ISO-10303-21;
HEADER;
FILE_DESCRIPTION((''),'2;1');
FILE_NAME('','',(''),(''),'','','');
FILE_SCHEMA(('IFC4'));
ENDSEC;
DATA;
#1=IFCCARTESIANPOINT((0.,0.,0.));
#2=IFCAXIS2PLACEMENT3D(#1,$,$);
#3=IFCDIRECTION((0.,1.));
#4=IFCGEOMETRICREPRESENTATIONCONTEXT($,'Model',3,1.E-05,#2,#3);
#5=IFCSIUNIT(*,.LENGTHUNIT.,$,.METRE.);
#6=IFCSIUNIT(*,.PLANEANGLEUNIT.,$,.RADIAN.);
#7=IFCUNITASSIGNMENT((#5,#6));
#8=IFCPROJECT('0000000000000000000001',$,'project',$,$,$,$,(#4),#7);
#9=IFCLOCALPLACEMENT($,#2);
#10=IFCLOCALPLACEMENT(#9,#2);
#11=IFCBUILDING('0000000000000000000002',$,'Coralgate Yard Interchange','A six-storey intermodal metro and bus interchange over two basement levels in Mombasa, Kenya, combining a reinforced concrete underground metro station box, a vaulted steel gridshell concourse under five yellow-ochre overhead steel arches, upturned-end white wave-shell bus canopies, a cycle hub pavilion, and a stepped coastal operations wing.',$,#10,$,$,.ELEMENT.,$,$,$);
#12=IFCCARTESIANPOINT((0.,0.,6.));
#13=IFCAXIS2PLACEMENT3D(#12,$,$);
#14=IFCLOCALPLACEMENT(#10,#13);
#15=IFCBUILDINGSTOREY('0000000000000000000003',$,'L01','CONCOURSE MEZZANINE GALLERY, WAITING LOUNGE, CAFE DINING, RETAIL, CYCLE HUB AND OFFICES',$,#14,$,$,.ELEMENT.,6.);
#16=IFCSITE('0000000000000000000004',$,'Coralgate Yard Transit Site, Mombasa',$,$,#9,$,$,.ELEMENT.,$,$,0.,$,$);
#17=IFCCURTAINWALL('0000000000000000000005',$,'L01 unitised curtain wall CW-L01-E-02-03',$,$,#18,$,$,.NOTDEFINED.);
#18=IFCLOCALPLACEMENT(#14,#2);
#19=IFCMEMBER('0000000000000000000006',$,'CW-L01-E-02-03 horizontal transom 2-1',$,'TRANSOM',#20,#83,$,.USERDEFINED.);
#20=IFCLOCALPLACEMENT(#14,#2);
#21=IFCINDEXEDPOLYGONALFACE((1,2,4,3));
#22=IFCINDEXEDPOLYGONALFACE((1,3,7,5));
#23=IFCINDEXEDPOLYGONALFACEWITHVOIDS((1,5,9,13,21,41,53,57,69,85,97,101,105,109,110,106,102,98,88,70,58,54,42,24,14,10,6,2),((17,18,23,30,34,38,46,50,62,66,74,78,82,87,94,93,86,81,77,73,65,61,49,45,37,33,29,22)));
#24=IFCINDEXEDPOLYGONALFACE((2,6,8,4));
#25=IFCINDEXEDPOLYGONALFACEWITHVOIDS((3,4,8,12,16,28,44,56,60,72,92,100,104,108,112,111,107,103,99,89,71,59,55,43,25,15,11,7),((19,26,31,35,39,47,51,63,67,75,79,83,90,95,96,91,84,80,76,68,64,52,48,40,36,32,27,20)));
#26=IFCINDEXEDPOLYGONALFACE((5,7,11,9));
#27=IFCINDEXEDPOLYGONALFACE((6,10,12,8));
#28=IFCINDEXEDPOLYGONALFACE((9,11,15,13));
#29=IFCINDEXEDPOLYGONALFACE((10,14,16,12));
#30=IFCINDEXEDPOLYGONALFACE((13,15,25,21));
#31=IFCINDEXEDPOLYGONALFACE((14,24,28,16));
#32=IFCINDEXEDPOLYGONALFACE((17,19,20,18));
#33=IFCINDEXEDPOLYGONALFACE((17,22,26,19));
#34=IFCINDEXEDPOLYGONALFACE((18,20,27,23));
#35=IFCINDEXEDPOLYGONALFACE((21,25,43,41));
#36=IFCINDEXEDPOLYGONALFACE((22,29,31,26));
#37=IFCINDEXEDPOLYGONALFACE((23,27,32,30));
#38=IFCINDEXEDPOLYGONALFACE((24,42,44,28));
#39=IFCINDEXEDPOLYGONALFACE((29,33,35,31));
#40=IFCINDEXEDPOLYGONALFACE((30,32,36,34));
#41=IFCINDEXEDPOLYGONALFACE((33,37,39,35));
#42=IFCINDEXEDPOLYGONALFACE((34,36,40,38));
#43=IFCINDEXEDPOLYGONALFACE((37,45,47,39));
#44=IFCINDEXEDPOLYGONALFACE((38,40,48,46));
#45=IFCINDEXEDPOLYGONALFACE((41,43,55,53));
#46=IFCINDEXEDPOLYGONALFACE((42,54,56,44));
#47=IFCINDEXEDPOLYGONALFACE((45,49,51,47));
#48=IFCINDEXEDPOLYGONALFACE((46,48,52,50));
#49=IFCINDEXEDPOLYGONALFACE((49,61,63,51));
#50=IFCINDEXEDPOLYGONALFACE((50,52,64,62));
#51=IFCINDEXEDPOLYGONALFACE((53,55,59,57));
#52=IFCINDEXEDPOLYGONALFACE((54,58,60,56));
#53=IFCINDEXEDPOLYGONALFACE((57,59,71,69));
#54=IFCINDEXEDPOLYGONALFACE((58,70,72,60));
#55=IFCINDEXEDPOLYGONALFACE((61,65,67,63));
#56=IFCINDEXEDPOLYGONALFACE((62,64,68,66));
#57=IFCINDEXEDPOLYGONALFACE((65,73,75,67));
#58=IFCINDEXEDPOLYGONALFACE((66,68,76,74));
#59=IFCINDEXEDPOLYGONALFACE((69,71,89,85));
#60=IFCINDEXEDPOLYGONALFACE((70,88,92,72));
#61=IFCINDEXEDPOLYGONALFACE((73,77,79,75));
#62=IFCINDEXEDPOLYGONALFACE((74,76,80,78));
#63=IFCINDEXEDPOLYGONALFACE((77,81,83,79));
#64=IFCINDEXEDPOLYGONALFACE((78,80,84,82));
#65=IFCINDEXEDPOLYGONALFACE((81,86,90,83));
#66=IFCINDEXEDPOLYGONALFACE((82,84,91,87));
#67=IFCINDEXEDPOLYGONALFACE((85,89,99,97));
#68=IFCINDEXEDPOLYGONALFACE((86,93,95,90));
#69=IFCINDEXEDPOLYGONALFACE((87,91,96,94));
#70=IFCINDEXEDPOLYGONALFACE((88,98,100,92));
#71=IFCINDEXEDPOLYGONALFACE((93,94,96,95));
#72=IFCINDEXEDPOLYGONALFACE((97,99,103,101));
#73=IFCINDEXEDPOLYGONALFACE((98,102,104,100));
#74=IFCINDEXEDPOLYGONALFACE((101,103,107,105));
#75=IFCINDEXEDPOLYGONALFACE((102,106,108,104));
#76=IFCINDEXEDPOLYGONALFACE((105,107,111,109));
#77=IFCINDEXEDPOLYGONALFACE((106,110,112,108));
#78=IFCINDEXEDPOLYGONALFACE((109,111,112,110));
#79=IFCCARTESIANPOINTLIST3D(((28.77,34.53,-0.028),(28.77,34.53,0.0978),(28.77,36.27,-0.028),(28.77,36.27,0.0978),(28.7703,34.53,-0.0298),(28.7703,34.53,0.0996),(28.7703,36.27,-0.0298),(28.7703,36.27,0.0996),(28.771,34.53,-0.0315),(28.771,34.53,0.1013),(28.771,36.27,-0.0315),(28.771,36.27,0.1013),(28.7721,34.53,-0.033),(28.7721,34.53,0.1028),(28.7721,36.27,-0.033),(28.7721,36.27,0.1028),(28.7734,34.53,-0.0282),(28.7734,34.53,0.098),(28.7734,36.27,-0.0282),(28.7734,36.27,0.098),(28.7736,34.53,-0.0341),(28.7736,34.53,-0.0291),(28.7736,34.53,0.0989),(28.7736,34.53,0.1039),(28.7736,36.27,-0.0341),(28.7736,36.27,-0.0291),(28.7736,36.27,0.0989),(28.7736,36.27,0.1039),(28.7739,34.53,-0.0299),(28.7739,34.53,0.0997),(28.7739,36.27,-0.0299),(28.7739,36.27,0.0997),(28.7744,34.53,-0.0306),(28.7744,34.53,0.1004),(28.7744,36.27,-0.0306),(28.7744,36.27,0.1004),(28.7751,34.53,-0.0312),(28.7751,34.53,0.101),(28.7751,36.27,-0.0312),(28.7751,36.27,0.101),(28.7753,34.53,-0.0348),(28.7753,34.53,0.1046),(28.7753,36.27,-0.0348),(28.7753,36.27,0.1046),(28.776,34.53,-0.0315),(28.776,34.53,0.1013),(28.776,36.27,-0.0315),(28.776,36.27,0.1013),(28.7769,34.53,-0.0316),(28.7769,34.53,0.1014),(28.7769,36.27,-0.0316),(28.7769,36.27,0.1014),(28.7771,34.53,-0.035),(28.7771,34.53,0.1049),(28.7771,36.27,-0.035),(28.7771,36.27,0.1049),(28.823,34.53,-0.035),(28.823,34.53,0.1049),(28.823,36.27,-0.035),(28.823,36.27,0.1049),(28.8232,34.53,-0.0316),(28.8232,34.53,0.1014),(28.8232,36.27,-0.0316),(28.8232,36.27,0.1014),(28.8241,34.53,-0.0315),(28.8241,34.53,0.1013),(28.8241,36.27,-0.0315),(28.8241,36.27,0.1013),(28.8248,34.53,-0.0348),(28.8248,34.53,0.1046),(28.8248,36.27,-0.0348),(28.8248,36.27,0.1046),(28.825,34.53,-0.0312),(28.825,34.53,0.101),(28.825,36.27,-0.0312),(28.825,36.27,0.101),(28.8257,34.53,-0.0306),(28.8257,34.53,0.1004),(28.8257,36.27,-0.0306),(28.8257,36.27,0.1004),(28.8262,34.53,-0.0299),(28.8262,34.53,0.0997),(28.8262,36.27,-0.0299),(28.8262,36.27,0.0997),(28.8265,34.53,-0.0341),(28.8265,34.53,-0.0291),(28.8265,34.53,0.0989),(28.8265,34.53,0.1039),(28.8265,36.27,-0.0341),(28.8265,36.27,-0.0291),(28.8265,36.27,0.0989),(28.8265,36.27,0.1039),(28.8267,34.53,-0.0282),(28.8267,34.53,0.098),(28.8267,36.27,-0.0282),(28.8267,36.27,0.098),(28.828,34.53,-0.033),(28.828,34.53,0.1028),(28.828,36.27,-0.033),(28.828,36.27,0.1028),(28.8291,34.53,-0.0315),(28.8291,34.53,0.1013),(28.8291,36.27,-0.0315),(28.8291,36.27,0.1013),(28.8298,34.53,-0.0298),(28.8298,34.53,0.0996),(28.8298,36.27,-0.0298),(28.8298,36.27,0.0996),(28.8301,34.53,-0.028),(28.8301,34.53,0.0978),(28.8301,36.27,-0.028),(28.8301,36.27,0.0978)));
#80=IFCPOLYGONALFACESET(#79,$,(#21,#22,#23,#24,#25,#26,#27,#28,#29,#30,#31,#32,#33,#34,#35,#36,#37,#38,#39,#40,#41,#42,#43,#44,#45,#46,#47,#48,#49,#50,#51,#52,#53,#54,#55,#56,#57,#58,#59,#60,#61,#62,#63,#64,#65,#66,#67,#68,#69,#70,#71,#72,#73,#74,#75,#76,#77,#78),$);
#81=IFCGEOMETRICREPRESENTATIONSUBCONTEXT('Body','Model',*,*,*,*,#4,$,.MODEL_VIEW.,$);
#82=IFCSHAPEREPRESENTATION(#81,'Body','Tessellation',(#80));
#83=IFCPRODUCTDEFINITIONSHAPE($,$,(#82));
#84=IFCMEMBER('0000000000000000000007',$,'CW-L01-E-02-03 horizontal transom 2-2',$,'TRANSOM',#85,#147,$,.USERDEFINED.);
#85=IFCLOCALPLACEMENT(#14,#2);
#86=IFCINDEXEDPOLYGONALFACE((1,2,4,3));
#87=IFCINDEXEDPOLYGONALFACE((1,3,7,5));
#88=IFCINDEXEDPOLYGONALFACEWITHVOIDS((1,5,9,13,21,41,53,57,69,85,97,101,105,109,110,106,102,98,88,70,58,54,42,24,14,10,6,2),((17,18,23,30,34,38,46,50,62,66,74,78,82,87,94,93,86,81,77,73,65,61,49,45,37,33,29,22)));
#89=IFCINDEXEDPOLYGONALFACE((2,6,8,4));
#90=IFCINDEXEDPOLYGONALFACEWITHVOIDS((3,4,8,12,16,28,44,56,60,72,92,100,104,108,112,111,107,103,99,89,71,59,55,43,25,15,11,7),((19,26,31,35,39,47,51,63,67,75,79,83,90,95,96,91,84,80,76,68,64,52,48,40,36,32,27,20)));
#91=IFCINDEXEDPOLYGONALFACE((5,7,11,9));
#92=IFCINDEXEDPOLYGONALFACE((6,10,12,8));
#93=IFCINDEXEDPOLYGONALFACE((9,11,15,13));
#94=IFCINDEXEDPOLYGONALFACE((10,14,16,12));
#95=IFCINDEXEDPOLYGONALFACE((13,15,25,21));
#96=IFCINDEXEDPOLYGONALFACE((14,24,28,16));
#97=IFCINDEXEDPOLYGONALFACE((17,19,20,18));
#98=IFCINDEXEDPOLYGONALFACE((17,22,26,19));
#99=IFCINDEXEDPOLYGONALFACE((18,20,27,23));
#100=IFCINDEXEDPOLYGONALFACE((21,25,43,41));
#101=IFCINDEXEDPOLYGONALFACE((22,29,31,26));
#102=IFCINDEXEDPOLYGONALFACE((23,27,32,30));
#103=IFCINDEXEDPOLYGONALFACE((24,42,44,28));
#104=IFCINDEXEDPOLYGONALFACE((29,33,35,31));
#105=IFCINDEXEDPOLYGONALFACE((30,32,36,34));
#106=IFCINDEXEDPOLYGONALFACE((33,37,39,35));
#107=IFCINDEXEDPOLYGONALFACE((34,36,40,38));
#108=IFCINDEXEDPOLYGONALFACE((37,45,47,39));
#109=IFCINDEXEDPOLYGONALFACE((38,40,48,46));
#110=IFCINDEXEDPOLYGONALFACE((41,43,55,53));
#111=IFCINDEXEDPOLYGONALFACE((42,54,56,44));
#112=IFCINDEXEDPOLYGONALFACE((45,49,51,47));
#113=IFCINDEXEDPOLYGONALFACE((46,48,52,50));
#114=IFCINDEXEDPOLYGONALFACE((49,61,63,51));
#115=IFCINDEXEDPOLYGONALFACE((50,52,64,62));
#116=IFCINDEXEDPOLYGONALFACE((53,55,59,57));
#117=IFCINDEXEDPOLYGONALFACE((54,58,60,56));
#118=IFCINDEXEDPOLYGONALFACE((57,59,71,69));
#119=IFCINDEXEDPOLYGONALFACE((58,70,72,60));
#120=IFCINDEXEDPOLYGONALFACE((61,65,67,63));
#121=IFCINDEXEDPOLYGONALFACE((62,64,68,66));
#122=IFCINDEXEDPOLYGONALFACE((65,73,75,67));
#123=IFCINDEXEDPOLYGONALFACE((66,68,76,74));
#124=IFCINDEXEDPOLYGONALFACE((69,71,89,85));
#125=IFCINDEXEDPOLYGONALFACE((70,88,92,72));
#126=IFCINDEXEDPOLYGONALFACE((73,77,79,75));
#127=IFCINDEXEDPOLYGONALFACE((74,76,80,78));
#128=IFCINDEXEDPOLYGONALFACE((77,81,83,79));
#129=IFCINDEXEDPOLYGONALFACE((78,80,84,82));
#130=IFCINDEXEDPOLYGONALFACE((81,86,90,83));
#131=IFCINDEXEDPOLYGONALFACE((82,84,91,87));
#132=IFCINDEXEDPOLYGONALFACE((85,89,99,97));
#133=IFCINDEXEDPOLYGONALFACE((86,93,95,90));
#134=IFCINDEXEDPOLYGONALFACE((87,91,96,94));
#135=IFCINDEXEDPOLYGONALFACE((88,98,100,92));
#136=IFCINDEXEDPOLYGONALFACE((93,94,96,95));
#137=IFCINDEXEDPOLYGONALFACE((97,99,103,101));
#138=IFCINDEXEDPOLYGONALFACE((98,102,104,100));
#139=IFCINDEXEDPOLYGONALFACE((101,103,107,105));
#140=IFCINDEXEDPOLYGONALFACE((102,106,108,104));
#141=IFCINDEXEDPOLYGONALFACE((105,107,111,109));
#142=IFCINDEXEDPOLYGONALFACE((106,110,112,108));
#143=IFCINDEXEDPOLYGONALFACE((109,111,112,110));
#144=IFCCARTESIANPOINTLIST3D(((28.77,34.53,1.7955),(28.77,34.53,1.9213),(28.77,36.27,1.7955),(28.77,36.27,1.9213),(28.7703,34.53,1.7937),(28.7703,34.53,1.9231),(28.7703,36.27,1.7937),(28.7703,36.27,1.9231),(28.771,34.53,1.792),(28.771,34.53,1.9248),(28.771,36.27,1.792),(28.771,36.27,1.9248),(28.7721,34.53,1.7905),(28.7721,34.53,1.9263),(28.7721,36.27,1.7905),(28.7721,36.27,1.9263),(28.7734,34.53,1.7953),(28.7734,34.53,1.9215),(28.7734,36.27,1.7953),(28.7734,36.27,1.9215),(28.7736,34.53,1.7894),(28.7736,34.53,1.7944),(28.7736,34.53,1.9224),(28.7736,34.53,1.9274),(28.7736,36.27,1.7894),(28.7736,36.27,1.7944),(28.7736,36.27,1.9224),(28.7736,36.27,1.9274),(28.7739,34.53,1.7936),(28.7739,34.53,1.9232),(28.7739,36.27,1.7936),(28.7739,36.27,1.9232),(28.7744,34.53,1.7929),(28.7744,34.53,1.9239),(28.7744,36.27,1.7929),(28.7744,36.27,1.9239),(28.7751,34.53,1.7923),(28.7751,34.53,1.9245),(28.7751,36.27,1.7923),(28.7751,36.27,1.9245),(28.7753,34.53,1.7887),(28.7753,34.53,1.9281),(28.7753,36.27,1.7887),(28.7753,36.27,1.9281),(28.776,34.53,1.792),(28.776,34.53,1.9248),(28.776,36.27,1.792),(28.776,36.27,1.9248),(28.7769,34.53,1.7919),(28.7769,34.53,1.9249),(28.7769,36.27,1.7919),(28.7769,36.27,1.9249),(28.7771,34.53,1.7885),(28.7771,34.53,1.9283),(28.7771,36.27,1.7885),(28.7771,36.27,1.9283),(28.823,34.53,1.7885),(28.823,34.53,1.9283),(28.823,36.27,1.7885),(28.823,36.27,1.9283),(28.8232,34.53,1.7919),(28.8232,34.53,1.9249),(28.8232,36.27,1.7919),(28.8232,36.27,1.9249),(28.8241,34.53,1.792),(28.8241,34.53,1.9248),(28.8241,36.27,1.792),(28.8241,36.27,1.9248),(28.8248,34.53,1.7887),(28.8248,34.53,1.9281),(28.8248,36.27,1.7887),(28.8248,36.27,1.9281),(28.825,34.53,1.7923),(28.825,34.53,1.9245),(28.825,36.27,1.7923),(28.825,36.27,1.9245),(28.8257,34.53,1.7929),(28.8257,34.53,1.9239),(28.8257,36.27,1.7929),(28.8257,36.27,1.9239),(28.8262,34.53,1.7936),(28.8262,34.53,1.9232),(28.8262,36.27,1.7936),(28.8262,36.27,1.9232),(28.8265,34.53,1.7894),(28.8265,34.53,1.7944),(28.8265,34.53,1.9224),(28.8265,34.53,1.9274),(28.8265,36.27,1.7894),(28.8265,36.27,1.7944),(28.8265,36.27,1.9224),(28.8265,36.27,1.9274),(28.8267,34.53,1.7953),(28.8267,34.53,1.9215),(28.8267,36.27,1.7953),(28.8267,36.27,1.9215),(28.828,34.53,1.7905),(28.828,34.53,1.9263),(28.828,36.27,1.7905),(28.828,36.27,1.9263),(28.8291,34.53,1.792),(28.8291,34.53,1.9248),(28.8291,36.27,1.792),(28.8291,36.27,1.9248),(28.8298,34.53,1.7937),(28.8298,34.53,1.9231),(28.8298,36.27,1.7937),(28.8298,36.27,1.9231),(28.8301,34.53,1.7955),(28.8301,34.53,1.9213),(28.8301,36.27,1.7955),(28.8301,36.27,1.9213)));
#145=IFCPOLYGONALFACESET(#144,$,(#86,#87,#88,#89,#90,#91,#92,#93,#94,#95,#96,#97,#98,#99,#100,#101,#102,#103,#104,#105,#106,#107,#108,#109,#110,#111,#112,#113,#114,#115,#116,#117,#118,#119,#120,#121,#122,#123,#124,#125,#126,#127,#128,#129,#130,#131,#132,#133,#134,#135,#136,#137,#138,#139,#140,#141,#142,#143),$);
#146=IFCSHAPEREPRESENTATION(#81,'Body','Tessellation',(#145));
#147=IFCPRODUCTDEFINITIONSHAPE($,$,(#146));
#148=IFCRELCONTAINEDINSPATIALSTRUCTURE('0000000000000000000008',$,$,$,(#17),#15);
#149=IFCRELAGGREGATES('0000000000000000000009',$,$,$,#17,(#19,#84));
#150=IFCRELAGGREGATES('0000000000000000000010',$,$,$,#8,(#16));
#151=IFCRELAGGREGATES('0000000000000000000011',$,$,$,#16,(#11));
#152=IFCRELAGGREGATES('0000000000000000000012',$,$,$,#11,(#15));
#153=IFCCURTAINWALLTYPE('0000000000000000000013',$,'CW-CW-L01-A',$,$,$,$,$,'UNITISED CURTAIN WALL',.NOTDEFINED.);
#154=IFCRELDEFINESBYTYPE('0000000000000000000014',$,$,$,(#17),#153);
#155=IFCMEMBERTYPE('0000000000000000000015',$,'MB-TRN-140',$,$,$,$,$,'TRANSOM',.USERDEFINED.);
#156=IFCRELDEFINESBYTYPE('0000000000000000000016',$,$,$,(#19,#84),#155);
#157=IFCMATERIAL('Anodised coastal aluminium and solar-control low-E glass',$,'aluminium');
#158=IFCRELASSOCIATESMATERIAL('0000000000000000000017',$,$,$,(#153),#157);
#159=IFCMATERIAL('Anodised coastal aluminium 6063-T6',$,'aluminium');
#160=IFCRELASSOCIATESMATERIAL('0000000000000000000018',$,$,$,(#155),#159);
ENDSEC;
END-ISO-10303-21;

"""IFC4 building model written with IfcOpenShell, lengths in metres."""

from ifc_helpers import new_model, si_unit, direction, frame, origin, origin_2d, place, context, subcontext, project, spatial, hollow_rectangle, extrude, material, material_profile, profile_set, type_object, element, aggregate, save


model = new_model("IFC4")

# Units and contexts
model_context = context("Model", 3, precision=1e-05, world=origin(), true_north=direction((0.0, 1.0)))
body_context = subcontext(model_context, "Body", "Model", "MODEL_VIEW")
ifc_project = project(units=[si_unit("LENGTHUNIT", "METRE"), si_unit("PLANEANGLEUNIT", "RADIAN")], contexts=[model_context])

# Site, building, storey
site_placement = place(None, origin())
site = spatial("IfcSite", under=ifc_project, at=site_placement, Name="Coralgate Yard Transit Site, Mombasa", CompositionType="ELEMENT", RefElevation=0.0)
building_placement = place(site_placement, origin())
building = spatial("IfcBuilding", under=site, at=building_placement, Name="Coralgate Yard Interchange", Description="A six-storey intermodal metro and bus interchange over two basement levels in Mombasa, Kenya, combining a reinforced concrete underground metro station box, a vaulted steel gridshell concourse under five yellow-ochre overhead steel arches, upturned-end white wave-shell bus canopies, a cycle hub pavilion, and a stepped coastal operations wing.", CompositionType="ELEMENT")
storey_placement = place(building_placement, frame((0.0, 0.0, 6.0)))
storey = spatial("IfcBuildingStorey", under=building, at=storey_placement, Name="L01", Description="CONCOURSE MEZZANINE GALLERY, WAITING LOUNGE, CAFE DINING, RETAIL, CYCLE HUB AND OFFICES", CompositionType="ELEMENT", Elevation=6.0)

# Curtain wall
ifc_material_1 = material(Name="Anodised coastal aluminium and solar-control low-E glass", Category="aluminium")
curtain_wall_type_1 = type_object("IfcCurtainWallType", Name="CW-CW-L01-A", ElementType="UNITISED CURTAIN WALL", PredefinedType="NOTDEFINED", material=ifc_material_1)
curtain_wall_1_placement = place(storey_placement, origin())
curtain_wall_1 = element("IfcCurtainWall", 1, at=curtain_wall_1_placement, inside=storey, type_object=curtain_wall_type_1, Name="L01 unitised curtain wall CW-L01-E-02-03", PredefinedType="NOTDEFINED")
ifc_material_2 = material(Name="Anodised coastal aluminium 6063-T6", Category="aluminium")

# Members
ifc_material_profile_1 = material_profile(ifc_material_2, hollow_rectangle(XDim=0.0601, YDim=0.1399, WallThickness=0.0034, InnerFilletRadius=0.0034, OuterFilletRadius=0.0071, at=origin_2d()), Name="ALU 60x140x3.5")
ifc_profile_set_1 = profile_set([ifc_material_profile_1], Name="Anodised coastal aluminium 6063-T6")
member_type_1 = type_object("IfcMemberType", Name="MB-TRN-140", ElementType="TRANSOM", PredefinedType="USERDEFINED", material=ifc_profile_set_1)
member_1_placement = place(storey_placement, frame((28.8, 36.27, 0.0349), z_axis=(0.0, -1.0, 0.0), x_axis=(1.0, 0.0, 0.0)))
member_1 = element("IfcMember", 2, at=member_1_placement, type_object=member_type_1, Name="CW-L01-E-02-03 horizontal transom 2-1", ObjectType="TRANSOM", PredefinedType="USERDEFINED", context=body_context, shape_type="SweptSolid", body=[
    extrude(hollow_rectangle(XDim=0.0601, YDim=0.1399, WallThickness=0.0034, InnerFilletRadius=0.0034, OuterFilletRadius=0.0071, at=origin_2d()), origin(), (0.0, 0.0, 1.0), 1.74),
])
member_2_placement = place(storey_placement, frame((28.8, 36.27, 1.8584), z_axis=(0.0, -1.0, 0.0), x_axis=(1.0, 0.0, 0.0)))
member_2 = element("IfcMember", 3, at=member_2_placement, type_object=member_type_1, Name="CW-L01-E-02-03 horizontal transom 2-2", ObjectType="TRANSOM", PredefinedType="USERDEFINED", context=body_context, shape_type="SweptSolid", body=[
    extrude(hollow_rectangle(XDim=0.0601, YDim=0.1399, WallThickness=0.0034, InnerFilletRadius=0.0034, OuterFilletRadius=0.0071, at=origin_2d()), origin(), (0.0, 0.0, 1.0), 1.74),
])

aggregate(curtain_wall_1, [member_1, member_2])

save(model, "model.ifc")
